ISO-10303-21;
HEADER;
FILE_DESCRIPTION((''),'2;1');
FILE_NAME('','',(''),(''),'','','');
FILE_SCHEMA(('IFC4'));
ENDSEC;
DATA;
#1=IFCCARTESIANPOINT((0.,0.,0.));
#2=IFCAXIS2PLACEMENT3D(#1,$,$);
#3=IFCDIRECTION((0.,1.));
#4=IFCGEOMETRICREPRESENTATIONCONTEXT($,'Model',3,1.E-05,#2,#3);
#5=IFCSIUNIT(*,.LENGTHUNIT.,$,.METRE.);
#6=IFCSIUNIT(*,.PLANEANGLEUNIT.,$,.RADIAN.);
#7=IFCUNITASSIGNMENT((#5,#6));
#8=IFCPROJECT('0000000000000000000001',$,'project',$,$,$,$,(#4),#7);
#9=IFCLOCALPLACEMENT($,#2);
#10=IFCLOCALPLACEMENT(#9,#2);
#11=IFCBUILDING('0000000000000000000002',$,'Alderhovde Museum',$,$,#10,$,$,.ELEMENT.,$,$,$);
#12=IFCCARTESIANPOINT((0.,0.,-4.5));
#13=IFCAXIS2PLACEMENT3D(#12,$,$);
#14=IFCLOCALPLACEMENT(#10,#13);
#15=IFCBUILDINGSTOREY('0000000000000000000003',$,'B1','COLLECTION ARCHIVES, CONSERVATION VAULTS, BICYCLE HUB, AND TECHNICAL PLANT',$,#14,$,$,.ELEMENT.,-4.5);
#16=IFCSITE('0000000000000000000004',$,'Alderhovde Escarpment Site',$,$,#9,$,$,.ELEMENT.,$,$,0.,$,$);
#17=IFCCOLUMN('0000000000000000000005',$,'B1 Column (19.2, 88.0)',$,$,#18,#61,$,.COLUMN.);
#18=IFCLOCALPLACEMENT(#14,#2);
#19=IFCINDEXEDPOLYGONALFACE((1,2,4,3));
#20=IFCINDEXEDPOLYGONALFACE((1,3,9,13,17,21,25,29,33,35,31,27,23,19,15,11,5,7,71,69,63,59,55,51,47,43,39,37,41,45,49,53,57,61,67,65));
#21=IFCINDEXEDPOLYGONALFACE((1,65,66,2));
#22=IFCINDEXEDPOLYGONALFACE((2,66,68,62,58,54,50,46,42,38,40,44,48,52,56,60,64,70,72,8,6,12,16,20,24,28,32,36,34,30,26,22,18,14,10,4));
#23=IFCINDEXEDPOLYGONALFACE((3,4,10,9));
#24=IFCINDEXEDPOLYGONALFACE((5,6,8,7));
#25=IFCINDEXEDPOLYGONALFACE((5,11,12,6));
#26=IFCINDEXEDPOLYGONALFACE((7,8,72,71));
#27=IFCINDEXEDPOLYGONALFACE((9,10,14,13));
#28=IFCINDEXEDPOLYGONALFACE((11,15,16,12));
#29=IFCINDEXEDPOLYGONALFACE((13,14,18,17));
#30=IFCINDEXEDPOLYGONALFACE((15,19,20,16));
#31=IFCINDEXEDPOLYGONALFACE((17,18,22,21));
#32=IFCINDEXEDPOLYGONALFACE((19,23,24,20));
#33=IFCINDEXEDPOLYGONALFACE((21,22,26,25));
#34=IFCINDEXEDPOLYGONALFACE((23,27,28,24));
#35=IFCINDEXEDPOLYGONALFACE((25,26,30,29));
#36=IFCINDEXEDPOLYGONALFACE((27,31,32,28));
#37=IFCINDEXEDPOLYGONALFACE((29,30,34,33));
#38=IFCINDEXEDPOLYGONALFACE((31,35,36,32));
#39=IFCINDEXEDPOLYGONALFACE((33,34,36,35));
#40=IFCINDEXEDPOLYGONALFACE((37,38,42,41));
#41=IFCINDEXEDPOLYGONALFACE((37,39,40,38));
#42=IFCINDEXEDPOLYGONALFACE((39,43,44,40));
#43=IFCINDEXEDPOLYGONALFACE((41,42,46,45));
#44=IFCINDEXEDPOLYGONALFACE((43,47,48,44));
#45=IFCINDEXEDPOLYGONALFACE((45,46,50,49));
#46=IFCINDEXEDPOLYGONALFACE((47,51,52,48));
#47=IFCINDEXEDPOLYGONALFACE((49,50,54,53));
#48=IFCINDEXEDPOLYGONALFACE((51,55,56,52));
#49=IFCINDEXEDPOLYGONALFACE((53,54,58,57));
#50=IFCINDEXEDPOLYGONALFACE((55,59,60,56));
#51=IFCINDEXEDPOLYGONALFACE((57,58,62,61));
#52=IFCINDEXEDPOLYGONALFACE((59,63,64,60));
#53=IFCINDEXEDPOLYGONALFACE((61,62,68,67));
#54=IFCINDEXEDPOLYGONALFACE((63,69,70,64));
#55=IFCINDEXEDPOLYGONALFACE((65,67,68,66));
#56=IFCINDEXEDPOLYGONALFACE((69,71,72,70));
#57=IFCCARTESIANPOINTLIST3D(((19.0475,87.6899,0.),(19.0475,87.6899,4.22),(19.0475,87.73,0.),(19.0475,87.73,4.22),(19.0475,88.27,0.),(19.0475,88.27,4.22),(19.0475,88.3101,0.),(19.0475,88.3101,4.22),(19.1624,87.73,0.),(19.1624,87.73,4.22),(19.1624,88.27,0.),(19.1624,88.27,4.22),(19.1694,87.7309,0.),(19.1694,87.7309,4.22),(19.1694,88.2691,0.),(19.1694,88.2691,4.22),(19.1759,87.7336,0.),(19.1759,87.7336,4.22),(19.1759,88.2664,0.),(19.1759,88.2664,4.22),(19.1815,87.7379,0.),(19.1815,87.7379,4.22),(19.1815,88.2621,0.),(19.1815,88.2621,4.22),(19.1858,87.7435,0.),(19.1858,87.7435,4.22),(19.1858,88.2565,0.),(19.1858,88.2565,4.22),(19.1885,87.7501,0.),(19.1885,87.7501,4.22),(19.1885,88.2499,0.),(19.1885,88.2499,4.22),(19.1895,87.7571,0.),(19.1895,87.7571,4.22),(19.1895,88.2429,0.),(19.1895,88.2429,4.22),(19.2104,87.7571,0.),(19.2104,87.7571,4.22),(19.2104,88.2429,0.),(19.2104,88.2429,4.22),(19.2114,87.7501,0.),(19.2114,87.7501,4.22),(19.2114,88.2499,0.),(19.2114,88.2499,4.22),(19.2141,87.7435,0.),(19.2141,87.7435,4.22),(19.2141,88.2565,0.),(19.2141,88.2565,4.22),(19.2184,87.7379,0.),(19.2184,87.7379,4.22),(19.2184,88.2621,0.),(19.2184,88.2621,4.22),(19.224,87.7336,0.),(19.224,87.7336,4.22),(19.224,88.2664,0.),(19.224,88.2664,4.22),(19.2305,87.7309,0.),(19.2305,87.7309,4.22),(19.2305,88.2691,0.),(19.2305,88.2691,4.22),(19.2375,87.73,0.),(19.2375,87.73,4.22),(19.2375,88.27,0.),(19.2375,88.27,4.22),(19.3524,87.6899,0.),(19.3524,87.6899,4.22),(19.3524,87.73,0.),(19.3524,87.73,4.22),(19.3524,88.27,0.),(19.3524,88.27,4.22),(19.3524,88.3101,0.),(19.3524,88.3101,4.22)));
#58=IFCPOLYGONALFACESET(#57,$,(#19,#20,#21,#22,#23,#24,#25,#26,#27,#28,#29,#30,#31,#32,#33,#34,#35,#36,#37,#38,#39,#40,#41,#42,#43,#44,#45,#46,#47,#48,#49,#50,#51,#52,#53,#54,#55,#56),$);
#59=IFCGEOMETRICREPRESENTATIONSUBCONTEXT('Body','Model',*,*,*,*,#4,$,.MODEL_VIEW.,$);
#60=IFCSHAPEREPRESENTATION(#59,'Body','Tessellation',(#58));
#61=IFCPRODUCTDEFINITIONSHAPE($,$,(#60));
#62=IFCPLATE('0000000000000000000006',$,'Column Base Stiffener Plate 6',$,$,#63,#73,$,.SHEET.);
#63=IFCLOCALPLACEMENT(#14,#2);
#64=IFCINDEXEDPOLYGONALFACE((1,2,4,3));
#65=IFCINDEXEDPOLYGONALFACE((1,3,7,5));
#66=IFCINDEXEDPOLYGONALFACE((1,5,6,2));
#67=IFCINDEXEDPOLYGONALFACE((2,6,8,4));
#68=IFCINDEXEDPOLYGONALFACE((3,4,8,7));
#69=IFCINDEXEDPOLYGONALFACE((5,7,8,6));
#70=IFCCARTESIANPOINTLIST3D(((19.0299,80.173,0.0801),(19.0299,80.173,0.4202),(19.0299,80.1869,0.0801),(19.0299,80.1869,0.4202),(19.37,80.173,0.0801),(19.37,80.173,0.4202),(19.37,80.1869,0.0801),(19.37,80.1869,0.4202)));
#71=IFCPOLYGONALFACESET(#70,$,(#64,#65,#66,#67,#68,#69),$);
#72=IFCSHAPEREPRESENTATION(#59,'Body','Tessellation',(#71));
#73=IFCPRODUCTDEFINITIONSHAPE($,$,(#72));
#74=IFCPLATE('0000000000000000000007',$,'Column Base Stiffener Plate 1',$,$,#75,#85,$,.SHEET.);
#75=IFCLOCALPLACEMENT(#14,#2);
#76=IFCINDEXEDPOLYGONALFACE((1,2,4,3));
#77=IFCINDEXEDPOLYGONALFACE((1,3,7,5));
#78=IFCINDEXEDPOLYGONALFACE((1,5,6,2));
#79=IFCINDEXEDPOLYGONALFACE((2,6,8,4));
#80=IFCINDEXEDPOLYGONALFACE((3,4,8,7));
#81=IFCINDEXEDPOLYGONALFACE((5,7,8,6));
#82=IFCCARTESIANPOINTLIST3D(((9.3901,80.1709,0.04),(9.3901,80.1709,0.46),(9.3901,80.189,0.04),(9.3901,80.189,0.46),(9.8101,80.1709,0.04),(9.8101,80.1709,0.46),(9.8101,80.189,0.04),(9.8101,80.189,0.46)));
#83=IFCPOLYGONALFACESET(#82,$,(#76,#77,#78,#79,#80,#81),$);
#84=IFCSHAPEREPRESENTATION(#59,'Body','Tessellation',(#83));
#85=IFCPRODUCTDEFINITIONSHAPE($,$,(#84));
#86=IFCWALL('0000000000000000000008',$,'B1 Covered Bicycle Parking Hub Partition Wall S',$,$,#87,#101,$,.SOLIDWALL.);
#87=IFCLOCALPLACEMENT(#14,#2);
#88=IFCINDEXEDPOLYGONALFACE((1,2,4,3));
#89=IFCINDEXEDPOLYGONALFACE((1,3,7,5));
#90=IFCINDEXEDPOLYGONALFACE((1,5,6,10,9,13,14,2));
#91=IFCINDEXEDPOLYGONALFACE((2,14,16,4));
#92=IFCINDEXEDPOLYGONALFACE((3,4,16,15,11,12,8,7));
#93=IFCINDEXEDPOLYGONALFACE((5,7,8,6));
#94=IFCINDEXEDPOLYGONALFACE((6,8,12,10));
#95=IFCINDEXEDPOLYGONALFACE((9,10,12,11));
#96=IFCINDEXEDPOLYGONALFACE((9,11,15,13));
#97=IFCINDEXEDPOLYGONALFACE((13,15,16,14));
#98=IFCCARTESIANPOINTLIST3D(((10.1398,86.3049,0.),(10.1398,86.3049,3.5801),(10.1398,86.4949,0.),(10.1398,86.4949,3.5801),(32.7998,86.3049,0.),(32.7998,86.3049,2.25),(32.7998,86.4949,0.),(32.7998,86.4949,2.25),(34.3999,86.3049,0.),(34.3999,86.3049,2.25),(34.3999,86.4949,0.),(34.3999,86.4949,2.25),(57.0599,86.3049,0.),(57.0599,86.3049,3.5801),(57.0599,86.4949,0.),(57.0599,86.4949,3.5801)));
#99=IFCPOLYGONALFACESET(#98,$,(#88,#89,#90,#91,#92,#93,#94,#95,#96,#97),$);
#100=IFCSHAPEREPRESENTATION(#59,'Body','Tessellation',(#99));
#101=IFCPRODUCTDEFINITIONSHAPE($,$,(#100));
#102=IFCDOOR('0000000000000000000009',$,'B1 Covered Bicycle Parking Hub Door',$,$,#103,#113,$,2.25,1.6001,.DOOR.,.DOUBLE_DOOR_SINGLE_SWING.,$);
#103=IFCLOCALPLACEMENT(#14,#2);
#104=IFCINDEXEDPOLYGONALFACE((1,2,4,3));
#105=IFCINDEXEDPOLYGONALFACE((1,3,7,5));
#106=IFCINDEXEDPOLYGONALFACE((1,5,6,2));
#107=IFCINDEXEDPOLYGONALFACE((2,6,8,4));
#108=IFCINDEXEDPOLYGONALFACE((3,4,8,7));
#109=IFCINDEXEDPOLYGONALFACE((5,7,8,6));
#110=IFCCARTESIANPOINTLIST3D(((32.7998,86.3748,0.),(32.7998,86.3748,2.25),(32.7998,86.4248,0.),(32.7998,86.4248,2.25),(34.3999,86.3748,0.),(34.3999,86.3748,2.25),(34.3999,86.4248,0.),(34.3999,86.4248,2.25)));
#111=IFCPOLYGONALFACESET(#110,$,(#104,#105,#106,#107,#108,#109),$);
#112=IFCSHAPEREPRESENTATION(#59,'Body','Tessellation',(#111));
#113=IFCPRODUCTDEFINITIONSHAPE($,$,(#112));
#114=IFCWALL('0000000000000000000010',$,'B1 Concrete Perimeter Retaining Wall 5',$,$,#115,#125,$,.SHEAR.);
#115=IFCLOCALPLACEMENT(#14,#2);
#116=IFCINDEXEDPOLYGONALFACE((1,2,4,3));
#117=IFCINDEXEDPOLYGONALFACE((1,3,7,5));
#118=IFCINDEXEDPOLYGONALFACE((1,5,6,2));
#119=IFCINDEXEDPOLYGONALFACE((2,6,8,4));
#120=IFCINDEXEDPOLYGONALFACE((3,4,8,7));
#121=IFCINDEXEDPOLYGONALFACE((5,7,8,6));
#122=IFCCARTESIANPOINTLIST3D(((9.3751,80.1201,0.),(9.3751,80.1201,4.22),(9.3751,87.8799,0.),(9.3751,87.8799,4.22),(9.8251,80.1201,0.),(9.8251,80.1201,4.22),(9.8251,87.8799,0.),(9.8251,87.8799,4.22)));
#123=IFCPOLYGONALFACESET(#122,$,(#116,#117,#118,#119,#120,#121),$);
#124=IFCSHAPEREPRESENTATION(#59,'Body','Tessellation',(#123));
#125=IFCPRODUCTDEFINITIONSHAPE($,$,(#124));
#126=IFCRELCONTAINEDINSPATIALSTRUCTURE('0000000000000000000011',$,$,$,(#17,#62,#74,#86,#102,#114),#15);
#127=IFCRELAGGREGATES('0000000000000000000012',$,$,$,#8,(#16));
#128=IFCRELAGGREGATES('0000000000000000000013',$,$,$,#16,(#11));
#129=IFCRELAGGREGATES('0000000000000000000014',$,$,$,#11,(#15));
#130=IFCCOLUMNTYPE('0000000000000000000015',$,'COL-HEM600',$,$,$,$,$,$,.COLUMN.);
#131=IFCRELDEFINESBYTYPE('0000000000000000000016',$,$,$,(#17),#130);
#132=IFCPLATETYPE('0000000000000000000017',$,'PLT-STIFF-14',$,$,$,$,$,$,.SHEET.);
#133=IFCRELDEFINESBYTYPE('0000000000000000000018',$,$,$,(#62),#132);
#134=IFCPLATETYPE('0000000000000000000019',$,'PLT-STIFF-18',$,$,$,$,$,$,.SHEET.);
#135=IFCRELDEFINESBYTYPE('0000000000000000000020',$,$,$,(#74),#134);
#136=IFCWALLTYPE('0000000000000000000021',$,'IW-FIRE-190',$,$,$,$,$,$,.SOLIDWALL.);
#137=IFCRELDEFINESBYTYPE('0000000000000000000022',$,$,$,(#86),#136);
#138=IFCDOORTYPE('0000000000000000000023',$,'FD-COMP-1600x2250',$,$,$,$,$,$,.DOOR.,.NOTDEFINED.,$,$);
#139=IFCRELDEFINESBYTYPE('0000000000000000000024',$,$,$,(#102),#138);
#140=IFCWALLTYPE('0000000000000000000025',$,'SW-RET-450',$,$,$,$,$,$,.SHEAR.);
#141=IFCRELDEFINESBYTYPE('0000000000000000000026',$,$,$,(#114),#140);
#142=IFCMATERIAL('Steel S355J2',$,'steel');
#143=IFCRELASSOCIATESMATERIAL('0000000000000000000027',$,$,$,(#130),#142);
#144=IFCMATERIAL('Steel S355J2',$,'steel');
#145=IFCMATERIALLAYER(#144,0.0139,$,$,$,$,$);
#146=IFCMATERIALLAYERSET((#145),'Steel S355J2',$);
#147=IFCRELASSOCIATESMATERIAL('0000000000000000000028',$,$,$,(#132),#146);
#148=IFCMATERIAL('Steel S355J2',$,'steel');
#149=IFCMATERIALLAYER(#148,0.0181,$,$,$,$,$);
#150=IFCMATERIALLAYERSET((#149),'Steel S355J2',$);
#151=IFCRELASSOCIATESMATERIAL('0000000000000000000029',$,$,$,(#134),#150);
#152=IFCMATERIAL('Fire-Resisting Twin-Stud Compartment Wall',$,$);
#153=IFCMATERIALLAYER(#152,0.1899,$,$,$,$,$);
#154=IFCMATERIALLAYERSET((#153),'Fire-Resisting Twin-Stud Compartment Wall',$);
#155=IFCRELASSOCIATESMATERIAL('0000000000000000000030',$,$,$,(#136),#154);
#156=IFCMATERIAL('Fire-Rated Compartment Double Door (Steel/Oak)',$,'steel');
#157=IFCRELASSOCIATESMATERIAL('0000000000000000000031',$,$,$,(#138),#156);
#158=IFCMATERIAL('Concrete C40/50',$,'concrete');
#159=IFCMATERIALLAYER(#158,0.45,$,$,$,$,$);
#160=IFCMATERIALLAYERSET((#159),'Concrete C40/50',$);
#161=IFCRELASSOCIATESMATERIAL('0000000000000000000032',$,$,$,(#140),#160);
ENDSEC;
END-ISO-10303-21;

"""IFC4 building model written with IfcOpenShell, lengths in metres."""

from ifc_helpers import new_model, si_unit, direction, frame, frame_2d, origin, origin_2d, place, context, subcontext, project, spatial, rectangle, i_section, extrude, material, layer, layer_set, material_profile, profile_set, type_object, element, fill, save


model = new_model("IFC4")

# Units and contexts
model_context = context("Model", 3, precision=1e-05, world=origin(), true_north=direction((0.0, 1.0)))
body_context = subcontext(model_context, "Body", "Model", "MODEL_VIEW")
ifc_project = project(units=[si_unit("LENGTHUNIT", "METRE"), si_unit("PLANEANGLEUNIT", "RADIAN")], contexts=[model_context])

# Site, building, storey
site_placement = place(None, origin())
site = spatial("IfcSite", under=ifc_project, at=site_placement, Name="Alderhovde Escarpment Site", CompositionType="ELEMENT", RefElevation=0.0)
building_placement = place(site_placement, origin())
building = spatial("IfcBuilding", under=site, at=building_placement, Name="Alderhovde Museum", CompositionType="ELEMENT")
storey_placement = place(building_placement, frame((0.0, 0.0, -4.5)))
storey = spatial("IfcBuildingStorey", under=building, at=storey_placement, Name="B1", Description="COLLECTION ARCHIVES, CONSERVATION VAULTS, BICYCLE HUB, AND TECHNICAL PLANT", CompositionType="ELEMENT", Elevation=-4.5)

# Column
ifc_material_1 = material(Name="Steel S355J2", Category="steel")
ifc_material_profile_1 = material_profile(ifc_material_1, i_section(OverallWidth=0.3049, OverallDepth=0.6201, WebThickness=0.021, FlangeThickness=0.04, FilletRadius=0.0271, at=origin_2d()), Name="HEM 600")
ifc_profile_set_1 = profile_set([ifc_material_profile_1], Name="Steel S355J2")
column_type = type_object("IfcColumnType", Name="COL-HEM600", PredefinedType="COLUMN", material=ifc_profile_set_1)
for number, where, z_axis, x_axis, name in (
    (1, (19.2, 88.0, 0.0), (0.0, 0.0, 1.0), (1.0, 0.0, 0.0), "B1 Column (19.2, 88.0)"),
):
    element("IfcColumn", number, at=place(storey_placement, frame(where, z_axis=z_axis, x_axis=x_axis)), inside=storey, type_object=column_type, Name=name, PredefinedType="COLUMN", context=body_context, shape_type="SweptSolid", body=[
        extrude(i_section(OverallWidth=0.3049, OverallDepth=0.6201, WebThickness=0.021, FlangeThickness=0.04, FilletRadius=0.0271, at=origin_2d()), origin(), (0.0, 0.0, 1.0), 4.22),
    ])

# Plates
ifc_material_2 = material(Name="Steel S355J2", Category="steel")
ifc_layer_1 = layer(ifc_material_2, 0.0139)
ifc_layer_set_1 = layer_set([ifc_layer_1], Name="Steel S355J2")
plate_type_1 = type_object("IfcPlateType", Name="PLT-STIFF-14", PredefinedType="SHEET", material=ifc_layer_set_1)
plate_1_placement = place(storey_placement, frame((19.2, 80.1799, 0.0801), z_axis=(0.0, 0.0, 1.0), x_axis=(1.0, 0.0, 0.0)))
element("IfcPlate", 2, at=plate_1_placement, inside=storey, type_object=plate_type_1, Name="Column Base Stiffener Plate 6", PredefinedType="SHEET", context=body_context, shape_type="SweptSolid", body=[
    extrude(rectangle(XDim=0.3401, YDim=0.0139, at=origin_2d()), origin(), (0.0, 0.0, 1.0), 0.3401),
])
ifc_material_3 = material(Name="Steel S355J2", Category="steel")
ifc_layer_2 = layer(ifc_material_3, 0.0181)
ifc_layer_set_2 = layer_set([ifc_layer_2], Name="Steel S355J2")
plate_type_2 = type_object("IfcPlateType", Name="PLT-STIFF-18", PredefinedType="SHEET", material=ifc_layer_set_2)
plate_2_placement = place(storey_placement, frame((9.6001, 80.1799, 0.04), z_axis=(0.0, 0.0, 1.0), x_axis=(1.0, 0.0, 0.0)))
element("IfcPlate", 3, at=plate_2_placement, inside=storey, type_object=plate_type_2, Name="Column Base Stiffener Plate 1", PredefinedType="SHEET", context=body_context, shape_type="SweptSolid", body=[
    extrude(rectangle(XDim=0.4199, YDim=0.0181, at=origin_2d()), origin(), (0.0, 0.0, 1.0), 0.4199),
])

# Wall, opening, door
ifc_material_4 = material(Name="Fire-Resisting Twin-Stud Compartment Wall")
ifc_layer_3 = layer(ifc_material_4, 0.1899)
ifc_layer_set_3 = layer_set([ifc_layer_3], Name="Fire-Resisting Twin-Stud Compartment Wall")
wall_type_1 = type_object("IfcWallType", Name="IW-FIRE-190", PredefinedType="SOLIDWALL", material=ifc_layer_set_3)
wall_1_placement = place(storey_placement, frame((10.1399, 86.3999, 0.0), z_axis=(0.0, 0.0, 1.0), x_axis=(1.0, 0.0, 0.0)))
wall_1 = element("IfcWall", 4, at=wall_1_placement, inside=storey, type_object=wall_type_1, Name="B1 Covered Bicycle Parking Hub Partition Wall S", PredefinedType="SOLIDWALL", context=body_context, shape_type="SweptSolid", body=[
    extrude(rectangle(XDim=46.9202, YDim=0.1899, at=frame_2d((23.46, 0.0))), origin(), (0.0, 0.0, 1.0), 3.5801),
])
opening_placement = place(wall_1_placement, frame((22.6599, 0.0, 0.0)))
opening = element("IfcOpeningElement", 5, at=opening_placement, cuts=wall_1, PredefinedType="OPENING", context=body_context, shape_type="SweptSolid", body=[
    extrude(rectangle(XDim=1.6001, YDim=2.25, at=frame_2d((0.8, 1.125))), frame((0.0, 0.105, 0.0), z_axis=(0.0, -1.0, 0.0), x_axis=(1.0, 0.0, 0.0)), (0.0, 0.0, 1.0), 0.21),
])
ifc_material_5 = material(Name="Fire-Rated Compartment Double Door (Steel/Oak)", Category="steel")
door_type = type_object("IfcDoorType", Name="FD-COMP-1600x2250", OperationType="NOTDEFINED", PredefinedType="DOOR", material=ifc_material_5)
door_placement = place(opening_placement, origin())
door = element("IfcDoor", 6, at=door_placement, inside=storey, type_object=door_type, Name="B1 Covered Bicycle Parking Hub Door", OperationType="DOUBLE_DOOR_SINGLE_SWING", OverallHeight=2.25, OverallWidth=1.6001, PredefinedType="DOOR", context=body_context, shape_type="SweptSolid", body=[
    extrude(rectangle(XDim=1.6001, YDim=2.25, at=frame_2d((0.8, 1.125))), frame((0.0, 0.0249, 0.0), z_axis=(0.0, -1.0, 0.0), x_axis=(1.0, 0.0, 0.0)), (0.0, 0.0, 1.0), 0.05),
])
fill(opening, door)

# Wall
ifc_material_6 = material(Name="Concrete C40/50", Category="concrete")
ifc_layer_4 = layer(ifc_material_6, 0.45)
ifc_layer_set_4 = layer_set([ifc_layer_4], Name="Concrete C40/50")
wall_type_2 = type_object("IfcWallType", Name="SW-RET-450", PredefinedType="SHEAR", material=ifc_layer_set_4)
wall_2_placement = place(storey_placement, frame((9.6001, 80.1201, 0.0), z_axis=(0.0, 0.0, 1.0), x_axis=(0.0, 1.0, 0.0)))
element("IfcWall", 7, at=wall_2_placement, inside=storey, type_object=wall_type_2, Name="B1 Concrete Perimeter Retaining Wall 5", PredefinedType="SHEAR", context=body_context, shape_type="SweptSolid", body=[
    extrude(rectangle(XDim=7.7598, YDim=0.45, at=frame_2d((3.8799, 0.0))), origin(), (0.0, 0.0, 1.0), 4.22),
])

save(model, "model.ifc")
